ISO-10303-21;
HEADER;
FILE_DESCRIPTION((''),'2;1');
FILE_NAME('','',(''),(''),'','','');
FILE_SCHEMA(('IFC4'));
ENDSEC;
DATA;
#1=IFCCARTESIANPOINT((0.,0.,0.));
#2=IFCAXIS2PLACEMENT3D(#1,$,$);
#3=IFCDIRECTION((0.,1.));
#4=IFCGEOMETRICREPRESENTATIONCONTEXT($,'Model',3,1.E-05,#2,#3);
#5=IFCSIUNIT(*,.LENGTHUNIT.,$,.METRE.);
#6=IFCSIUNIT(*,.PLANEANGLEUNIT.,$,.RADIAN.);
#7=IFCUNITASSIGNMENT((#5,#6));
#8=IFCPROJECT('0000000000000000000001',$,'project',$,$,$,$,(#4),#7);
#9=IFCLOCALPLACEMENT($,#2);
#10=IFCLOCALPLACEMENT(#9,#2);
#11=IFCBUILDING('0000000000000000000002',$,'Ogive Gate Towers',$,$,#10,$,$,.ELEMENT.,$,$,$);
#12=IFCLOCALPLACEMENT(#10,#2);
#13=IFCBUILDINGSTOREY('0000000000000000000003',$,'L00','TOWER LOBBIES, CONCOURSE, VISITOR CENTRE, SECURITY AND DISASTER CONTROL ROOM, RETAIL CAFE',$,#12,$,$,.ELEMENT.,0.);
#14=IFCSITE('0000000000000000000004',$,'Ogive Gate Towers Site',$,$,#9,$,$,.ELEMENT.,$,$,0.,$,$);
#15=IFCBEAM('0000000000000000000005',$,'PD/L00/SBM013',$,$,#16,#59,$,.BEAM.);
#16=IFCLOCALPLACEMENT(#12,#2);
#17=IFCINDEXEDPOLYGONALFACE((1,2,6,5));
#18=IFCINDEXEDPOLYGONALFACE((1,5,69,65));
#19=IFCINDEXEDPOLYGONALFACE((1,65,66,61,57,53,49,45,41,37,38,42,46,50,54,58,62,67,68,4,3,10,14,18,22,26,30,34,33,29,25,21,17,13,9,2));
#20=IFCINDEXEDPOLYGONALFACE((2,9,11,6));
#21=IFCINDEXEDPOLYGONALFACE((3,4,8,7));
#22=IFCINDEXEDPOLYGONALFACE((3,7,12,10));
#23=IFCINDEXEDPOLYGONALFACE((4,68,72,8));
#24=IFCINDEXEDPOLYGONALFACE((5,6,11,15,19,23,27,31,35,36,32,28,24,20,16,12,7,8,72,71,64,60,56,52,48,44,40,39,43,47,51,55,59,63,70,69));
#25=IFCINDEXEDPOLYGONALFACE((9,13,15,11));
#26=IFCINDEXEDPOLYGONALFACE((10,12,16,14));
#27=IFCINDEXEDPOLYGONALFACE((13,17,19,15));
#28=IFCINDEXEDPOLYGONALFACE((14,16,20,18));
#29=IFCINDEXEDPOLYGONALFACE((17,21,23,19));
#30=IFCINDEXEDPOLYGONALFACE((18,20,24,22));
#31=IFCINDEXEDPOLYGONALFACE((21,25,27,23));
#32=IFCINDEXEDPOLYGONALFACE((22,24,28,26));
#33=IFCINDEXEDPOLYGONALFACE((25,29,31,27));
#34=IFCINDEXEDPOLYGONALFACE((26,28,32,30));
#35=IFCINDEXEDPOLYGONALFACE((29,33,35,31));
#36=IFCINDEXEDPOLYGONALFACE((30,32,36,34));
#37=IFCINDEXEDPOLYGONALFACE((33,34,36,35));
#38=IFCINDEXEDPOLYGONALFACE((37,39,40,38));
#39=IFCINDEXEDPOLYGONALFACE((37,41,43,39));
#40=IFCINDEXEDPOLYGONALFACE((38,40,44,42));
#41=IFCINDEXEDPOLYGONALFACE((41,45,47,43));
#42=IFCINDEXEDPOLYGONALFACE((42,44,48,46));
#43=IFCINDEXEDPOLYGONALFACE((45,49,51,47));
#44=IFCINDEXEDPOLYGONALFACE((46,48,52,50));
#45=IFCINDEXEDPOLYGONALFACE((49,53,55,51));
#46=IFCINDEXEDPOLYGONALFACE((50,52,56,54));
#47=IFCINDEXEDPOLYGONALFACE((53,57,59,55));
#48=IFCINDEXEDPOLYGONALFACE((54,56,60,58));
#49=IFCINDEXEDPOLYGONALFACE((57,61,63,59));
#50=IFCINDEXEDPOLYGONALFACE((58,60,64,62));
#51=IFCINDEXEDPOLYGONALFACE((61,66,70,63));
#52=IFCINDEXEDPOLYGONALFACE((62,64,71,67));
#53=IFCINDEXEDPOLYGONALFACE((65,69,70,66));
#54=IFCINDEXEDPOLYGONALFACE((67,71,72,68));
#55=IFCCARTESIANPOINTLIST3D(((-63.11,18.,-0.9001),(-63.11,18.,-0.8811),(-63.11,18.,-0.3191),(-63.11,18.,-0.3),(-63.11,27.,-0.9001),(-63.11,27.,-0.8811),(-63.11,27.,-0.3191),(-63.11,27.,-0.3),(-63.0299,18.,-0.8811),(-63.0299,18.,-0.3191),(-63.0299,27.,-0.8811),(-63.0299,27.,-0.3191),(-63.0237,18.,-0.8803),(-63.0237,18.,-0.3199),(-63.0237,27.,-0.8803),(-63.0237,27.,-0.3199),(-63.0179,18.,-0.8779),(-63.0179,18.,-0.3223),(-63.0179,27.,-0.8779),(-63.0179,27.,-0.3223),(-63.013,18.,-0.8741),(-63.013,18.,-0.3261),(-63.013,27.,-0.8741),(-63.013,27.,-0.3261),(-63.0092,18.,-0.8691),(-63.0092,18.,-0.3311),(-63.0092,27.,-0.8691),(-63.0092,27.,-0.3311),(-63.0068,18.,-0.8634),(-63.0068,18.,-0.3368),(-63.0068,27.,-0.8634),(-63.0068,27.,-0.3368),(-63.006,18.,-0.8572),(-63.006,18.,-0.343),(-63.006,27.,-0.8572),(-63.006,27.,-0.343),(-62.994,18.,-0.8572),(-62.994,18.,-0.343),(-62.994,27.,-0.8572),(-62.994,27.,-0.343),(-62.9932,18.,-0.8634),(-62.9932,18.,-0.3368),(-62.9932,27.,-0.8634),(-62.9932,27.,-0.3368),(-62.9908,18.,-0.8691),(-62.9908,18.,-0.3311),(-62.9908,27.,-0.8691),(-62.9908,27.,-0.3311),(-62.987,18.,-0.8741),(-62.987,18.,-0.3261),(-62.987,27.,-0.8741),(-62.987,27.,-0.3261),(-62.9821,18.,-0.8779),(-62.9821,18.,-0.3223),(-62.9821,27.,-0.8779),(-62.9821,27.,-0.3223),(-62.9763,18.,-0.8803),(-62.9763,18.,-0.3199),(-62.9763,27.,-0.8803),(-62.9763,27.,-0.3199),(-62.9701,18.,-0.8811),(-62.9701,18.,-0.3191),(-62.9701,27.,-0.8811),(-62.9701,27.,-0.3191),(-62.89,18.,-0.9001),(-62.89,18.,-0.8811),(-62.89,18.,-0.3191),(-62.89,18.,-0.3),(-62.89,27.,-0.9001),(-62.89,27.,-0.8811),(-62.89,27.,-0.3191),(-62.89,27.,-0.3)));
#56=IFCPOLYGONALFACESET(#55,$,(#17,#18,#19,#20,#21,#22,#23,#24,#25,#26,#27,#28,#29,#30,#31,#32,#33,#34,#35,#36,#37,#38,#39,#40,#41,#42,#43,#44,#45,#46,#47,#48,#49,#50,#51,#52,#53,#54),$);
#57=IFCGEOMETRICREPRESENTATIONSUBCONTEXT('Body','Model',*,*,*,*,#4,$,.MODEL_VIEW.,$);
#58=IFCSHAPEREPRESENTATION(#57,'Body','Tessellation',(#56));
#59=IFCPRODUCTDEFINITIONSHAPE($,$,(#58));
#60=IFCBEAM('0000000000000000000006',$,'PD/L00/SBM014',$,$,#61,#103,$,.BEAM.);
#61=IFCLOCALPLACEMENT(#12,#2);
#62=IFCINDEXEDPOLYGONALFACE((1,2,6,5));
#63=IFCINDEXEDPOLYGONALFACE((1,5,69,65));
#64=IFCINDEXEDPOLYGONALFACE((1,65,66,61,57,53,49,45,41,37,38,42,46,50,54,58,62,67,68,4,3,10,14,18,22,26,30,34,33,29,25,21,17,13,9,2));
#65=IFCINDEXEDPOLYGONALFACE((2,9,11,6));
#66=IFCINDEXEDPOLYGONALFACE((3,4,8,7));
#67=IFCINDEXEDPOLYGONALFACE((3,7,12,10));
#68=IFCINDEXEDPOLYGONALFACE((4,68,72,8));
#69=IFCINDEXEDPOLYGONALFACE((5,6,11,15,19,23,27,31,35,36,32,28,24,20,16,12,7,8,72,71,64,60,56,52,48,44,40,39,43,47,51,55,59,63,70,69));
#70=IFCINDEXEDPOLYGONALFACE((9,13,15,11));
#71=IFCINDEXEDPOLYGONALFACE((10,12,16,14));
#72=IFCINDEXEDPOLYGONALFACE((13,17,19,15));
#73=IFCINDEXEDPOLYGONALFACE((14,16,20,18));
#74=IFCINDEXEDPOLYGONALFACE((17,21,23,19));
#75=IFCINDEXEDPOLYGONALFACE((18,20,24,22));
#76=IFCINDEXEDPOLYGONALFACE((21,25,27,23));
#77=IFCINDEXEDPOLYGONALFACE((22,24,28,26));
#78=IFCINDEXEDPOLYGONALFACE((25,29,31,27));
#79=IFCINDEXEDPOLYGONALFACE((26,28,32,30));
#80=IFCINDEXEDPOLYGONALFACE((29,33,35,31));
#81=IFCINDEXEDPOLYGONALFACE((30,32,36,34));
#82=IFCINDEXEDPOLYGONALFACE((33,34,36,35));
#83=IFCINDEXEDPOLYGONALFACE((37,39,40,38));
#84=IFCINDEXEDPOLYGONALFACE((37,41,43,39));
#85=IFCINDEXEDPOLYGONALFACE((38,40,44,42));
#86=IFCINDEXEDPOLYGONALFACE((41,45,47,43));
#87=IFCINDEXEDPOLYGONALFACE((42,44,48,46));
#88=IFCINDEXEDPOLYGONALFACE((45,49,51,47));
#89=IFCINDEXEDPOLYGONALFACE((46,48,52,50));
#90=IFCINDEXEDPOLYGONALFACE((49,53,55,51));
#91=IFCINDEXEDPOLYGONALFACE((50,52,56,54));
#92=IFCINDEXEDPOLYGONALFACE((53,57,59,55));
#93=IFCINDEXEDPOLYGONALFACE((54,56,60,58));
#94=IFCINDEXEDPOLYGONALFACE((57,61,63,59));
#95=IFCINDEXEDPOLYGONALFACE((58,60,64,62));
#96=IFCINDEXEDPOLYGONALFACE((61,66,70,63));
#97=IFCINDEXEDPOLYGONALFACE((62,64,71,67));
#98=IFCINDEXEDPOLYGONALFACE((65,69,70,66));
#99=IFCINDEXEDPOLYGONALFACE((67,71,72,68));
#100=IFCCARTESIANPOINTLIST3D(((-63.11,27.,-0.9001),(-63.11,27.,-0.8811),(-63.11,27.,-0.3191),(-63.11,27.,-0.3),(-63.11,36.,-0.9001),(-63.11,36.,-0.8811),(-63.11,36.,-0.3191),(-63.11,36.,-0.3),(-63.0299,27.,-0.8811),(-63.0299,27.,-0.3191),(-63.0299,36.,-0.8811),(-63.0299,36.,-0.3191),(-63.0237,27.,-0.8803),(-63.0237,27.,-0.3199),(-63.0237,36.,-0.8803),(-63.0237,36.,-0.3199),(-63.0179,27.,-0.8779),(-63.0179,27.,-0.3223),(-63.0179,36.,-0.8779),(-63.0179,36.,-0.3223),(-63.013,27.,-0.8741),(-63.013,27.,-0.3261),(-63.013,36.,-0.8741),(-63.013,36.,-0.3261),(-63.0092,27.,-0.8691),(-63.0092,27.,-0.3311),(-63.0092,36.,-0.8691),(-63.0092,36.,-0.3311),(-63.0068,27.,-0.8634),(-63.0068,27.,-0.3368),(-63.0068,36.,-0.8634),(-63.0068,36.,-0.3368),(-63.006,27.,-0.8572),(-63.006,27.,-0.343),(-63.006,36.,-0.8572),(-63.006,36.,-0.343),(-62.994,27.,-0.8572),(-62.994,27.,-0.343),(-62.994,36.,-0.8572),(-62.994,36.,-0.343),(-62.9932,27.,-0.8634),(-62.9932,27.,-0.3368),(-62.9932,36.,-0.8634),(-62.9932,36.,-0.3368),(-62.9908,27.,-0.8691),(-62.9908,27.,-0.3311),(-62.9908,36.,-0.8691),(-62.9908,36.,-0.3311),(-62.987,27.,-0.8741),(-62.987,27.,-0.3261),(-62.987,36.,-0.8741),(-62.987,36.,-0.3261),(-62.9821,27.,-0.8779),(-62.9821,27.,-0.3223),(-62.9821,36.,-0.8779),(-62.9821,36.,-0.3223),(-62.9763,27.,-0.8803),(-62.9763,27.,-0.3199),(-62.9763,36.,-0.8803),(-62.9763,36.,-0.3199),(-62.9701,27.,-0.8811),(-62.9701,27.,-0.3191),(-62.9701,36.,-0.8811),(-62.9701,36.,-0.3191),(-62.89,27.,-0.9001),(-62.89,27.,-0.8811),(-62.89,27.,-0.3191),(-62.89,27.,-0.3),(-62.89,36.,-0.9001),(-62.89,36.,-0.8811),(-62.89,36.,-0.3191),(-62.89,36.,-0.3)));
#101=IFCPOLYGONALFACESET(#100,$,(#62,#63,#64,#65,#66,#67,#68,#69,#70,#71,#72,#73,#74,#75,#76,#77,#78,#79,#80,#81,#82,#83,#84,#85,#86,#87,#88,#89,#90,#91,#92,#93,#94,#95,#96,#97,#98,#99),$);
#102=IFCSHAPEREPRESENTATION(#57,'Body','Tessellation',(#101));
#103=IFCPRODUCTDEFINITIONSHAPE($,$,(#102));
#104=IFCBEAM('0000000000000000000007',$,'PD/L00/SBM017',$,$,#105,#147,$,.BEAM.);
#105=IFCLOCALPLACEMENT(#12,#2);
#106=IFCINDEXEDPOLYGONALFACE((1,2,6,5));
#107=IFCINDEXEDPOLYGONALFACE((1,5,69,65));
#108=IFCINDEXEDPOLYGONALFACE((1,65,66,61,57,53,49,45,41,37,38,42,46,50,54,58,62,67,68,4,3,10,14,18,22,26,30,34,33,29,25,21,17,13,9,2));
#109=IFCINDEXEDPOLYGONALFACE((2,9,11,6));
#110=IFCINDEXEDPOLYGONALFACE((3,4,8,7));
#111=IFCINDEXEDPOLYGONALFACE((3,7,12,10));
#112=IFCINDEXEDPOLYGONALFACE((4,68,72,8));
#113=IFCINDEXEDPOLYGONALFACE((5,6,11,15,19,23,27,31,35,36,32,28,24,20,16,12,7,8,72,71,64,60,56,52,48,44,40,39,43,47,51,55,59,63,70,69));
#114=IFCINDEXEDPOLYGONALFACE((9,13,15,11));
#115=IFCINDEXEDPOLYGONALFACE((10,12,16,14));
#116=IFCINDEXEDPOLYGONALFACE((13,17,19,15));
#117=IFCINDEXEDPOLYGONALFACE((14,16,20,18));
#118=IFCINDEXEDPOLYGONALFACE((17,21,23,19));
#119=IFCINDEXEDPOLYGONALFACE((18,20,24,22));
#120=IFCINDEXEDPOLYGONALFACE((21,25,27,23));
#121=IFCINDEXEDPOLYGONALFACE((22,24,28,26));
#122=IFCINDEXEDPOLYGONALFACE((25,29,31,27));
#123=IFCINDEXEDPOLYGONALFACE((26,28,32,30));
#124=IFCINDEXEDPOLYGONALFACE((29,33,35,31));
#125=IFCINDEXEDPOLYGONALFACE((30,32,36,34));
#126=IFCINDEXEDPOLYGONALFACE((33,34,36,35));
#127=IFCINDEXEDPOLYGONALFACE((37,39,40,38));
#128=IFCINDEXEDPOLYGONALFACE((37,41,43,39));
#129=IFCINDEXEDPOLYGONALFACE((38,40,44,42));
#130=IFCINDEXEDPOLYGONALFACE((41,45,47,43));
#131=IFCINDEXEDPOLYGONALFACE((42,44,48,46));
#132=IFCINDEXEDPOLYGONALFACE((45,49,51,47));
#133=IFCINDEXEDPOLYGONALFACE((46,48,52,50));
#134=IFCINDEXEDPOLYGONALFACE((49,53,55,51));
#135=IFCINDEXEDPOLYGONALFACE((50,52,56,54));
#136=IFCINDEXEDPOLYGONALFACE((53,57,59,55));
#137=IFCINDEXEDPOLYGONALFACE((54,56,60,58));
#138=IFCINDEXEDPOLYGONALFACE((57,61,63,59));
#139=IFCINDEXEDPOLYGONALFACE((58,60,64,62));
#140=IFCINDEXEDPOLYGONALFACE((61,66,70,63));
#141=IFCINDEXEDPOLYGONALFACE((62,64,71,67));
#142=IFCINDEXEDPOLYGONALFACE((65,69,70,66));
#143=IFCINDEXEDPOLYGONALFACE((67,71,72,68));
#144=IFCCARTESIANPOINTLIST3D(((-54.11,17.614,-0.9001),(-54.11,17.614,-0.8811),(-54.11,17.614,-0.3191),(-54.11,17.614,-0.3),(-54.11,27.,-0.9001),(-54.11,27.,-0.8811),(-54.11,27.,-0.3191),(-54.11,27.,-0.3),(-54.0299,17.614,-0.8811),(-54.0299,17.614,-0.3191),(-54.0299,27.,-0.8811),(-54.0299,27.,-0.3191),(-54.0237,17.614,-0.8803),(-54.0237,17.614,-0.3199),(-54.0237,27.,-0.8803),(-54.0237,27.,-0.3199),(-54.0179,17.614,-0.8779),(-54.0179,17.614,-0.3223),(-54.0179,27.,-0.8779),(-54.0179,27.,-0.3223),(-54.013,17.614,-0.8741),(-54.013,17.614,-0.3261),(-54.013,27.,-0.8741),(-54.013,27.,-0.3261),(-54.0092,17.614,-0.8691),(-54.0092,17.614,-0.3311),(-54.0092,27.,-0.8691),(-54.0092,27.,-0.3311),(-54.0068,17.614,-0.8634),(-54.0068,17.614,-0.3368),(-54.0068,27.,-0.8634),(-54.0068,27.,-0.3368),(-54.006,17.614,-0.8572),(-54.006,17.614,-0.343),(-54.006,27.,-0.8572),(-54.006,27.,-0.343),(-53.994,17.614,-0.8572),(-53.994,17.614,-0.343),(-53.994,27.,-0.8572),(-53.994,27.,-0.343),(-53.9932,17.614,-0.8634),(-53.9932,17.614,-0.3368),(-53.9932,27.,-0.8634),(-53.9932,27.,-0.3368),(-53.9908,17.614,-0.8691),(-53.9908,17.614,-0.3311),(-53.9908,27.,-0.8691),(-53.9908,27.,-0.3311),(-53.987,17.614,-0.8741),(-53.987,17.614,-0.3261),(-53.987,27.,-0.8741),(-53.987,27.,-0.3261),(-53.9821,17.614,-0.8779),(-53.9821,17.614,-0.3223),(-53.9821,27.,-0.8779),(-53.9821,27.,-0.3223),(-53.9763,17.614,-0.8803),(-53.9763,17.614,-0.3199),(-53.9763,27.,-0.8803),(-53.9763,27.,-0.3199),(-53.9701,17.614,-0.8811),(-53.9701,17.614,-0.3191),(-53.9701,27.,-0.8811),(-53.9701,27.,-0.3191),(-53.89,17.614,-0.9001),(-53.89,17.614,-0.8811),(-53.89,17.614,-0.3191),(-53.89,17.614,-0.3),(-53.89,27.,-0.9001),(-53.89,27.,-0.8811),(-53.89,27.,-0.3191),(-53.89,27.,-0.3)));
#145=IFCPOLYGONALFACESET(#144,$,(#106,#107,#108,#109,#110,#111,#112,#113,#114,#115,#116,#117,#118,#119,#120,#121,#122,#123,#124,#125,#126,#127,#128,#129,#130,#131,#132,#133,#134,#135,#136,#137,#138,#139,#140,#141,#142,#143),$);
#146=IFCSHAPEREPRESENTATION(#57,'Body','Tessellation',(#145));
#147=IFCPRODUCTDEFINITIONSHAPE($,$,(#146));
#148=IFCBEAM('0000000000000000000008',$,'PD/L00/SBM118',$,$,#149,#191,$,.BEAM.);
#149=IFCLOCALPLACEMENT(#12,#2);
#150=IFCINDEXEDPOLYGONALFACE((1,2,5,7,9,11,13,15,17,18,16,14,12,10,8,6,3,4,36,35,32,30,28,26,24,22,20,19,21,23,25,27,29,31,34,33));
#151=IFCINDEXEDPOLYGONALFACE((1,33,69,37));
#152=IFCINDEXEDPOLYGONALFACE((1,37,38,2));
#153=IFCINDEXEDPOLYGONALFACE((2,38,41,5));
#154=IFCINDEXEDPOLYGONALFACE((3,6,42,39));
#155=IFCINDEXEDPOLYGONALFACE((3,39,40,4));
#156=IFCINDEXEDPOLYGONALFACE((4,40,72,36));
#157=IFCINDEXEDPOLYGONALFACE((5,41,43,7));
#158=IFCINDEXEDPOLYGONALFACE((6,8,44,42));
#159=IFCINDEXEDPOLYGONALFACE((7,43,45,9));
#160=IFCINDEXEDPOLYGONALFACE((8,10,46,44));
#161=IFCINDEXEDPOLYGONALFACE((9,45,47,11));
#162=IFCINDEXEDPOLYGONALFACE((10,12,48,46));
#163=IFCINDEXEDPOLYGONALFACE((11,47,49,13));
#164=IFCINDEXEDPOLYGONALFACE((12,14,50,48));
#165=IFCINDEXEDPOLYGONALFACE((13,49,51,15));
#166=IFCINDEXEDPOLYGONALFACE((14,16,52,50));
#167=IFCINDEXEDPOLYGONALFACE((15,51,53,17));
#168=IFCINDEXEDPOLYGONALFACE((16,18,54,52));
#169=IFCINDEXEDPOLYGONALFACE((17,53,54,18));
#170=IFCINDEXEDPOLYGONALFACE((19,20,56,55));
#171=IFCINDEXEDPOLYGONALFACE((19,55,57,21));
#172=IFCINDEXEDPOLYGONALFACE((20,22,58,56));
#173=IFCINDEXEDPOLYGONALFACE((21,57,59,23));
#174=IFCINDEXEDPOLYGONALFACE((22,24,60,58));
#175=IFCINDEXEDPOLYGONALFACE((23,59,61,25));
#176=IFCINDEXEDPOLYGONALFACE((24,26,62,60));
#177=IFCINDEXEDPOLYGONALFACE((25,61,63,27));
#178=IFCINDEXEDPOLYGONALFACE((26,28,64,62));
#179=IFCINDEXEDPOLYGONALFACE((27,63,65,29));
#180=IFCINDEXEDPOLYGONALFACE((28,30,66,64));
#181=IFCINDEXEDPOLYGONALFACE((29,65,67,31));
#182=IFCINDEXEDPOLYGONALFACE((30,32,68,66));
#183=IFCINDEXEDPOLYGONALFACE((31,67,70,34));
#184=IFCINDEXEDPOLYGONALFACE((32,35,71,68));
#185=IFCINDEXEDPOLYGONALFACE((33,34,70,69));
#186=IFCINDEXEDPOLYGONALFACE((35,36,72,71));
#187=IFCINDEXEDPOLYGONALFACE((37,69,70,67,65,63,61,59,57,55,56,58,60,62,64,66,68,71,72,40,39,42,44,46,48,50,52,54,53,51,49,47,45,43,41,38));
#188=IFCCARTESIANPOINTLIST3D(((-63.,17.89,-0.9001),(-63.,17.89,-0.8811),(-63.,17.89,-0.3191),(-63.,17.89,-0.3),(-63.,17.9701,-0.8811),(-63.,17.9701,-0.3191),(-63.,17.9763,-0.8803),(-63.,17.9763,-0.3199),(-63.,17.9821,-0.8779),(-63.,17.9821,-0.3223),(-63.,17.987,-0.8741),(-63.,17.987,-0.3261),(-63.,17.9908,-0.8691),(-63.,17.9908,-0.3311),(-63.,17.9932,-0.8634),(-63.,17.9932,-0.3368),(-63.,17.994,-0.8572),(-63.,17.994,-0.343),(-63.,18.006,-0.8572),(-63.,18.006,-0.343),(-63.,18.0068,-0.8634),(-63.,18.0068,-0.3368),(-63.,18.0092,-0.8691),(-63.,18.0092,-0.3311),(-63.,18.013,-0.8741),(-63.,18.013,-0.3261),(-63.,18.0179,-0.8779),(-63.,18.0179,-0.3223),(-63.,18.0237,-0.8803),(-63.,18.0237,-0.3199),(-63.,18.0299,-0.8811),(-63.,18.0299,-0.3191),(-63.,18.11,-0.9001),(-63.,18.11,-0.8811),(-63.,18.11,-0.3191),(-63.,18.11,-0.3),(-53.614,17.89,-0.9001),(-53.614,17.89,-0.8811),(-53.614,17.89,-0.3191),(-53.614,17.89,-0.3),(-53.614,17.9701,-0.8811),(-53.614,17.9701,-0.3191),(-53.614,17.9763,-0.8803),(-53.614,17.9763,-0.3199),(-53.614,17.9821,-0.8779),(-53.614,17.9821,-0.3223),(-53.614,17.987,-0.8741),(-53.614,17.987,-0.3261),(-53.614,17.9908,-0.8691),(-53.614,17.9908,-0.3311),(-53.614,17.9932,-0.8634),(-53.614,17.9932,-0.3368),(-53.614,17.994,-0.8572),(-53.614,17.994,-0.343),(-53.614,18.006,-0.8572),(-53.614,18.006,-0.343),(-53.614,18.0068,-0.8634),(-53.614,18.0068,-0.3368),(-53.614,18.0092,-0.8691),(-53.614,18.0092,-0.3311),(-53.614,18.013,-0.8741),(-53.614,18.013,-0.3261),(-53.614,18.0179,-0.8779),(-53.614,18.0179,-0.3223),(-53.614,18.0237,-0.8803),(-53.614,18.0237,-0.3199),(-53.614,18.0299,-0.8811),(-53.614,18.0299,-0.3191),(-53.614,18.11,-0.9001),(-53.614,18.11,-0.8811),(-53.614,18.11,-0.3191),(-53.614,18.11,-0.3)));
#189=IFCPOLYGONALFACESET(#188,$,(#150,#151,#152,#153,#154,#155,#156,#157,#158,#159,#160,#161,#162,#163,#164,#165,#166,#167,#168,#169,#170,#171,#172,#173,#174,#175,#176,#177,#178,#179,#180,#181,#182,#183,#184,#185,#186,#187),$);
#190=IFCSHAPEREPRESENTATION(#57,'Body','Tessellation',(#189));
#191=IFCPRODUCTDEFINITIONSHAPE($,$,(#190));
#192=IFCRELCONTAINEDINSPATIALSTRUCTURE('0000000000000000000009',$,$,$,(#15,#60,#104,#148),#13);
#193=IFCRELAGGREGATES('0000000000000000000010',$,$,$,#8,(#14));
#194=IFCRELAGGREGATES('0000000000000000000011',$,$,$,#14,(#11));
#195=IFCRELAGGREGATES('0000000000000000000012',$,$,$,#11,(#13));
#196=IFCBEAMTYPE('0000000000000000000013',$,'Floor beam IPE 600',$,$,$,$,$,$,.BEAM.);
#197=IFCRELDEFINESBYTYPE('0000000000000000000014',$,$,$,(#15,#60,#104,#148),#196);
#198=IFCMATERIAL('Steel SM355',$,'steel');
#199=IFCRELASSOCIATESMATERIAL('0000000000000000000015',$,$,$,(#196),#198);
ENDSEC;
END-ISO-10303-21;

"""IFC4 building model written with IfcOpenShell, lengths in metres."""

from ifc_helpers import new_model, si_unit, direction, frame, origin, origin_2d, place, context, subcontext, project, spatial, i_section, extrude, material, material_profile, profile_set, type_object, element, save


model = new_model("IFC4")

# Units and contexts
model_context = context("Model", 3, precision=1e-05, world=origin(), true_north=direction((0.0, 1.0)))
body_context = subcontext(model_context, "Body", "Model", "MODEL_VIEW")
ifc_project = project(units=[si_unit("LENGTHUNIT", "METRE"), si_unit("PLANEANGLEUNIT", "RADIAN")], contexts=[model_context])

# Site, building, storey
site_placement = place(None, origin())
site = spatial("IfcSite", under=ifc_project, at=site_placement, Name="Ogive Gate Towers Site", CompositionType="ELEMENT", RefElevation=0.0)
building_placement = place(site_placement, origin())
building = spatial("IfcBuilding", under=site, at=building_placement, Name="Ogive Gate Towers", CompositionType="ELEMENT")
storey_placement = place(building_placement, origin())
storey = spatial("IfcBuildingStorey", under=building, at=storey_placement, Name="L00", Description="TOWER LOBBIES, CONCOURSE, VISITOR CENTRE, SECURITY AND DISASTER CONTROL ROOM, RETAIL CAFE", CompositionType="ELEMENT", Elevation=0.0)

# Beams
ifc_material_1 = material(Name="Steel SM355", Category="steel")
ifc_material_profile_1 = material_profile(ifc_material_1, i_section(OverallWidth=0.22, OverallDepth=0.6001, WebThickness=0.012, FlangeThickness=0.019, FilletRadius=0.0239, at=origin_2d()), Name="IPE 600")
ifc_profile_set_1 = profile_set([ifc_material_profile_1], Name="Steel SM355")
beam_type_1 = type_object("IfcBeamType", Name="Floor beam IPE 600", PredefinedType="BEAM", material=ifc_profile_set_1)
for number, where, z_axis, x_axis, name in (
    (1, (-63.0, 18.0, -0.6001), (0.0, 1.0, 0.0), (-1.0, 0.0, 0.0), "PD/L00/SBM013"),
    (2, (-63.0, 27.0, -0.6001), (0.0, 1.0, 0.0), (-1.0, 0.0, 0.0), "PD/L00/SBM014"),
):
    element("IfcBeam", number, at=place(storey_placement, frame(where, z_axis=z_axis, x_axis=x_axis)), inside=storey, type_object=beam_type_1, Name=name, PredefinedType="BEAM", context=body_context, shape_type="SweptSolid", body=[
        extrude(i_section(OverallWidth=0.22, OverallDepth=0.6001, WebThickness=0.012, FlangeThickness=0.019, FilletRadius=0.0239, at=origin_2d()), origin(), (0.0, 0.0, 1.0), 9.0),
    ])
for number, where, z_axis, x_axis, name in (
    (3, (-54.0, 17.614, -0.6001), (0.0, 1.0, 0.0), (-1.0, 0.0, 0.0), "PD/L00/SBM017"),
    (4, (-63.0, 18.0, -0.6001), (1.0, 0.0, 0.0), (0.0, 1.0, 0.0), "PD/L00/SBM118"),
):
    element("IfcBeam", number, at=place(storey_placement, frame(where, z_axis=z_axis, x_axis=x_axis)), inside=storey, type_object=beam_type_1, Name=name, PredefinedType="BEAM", context=body_context, shape_type="SweptSolid", body=[
        extrude(i_section(OverallWidth=0.22, OverallDepth=0.6001, WebThickness=0.012, FlangeThickness=0.019, FilletRadius=0.0239, at=origin_2d()), origin(), (0.0, 0.0, 1.0), 9.386),
    ])

save(model, "model.ifc")
